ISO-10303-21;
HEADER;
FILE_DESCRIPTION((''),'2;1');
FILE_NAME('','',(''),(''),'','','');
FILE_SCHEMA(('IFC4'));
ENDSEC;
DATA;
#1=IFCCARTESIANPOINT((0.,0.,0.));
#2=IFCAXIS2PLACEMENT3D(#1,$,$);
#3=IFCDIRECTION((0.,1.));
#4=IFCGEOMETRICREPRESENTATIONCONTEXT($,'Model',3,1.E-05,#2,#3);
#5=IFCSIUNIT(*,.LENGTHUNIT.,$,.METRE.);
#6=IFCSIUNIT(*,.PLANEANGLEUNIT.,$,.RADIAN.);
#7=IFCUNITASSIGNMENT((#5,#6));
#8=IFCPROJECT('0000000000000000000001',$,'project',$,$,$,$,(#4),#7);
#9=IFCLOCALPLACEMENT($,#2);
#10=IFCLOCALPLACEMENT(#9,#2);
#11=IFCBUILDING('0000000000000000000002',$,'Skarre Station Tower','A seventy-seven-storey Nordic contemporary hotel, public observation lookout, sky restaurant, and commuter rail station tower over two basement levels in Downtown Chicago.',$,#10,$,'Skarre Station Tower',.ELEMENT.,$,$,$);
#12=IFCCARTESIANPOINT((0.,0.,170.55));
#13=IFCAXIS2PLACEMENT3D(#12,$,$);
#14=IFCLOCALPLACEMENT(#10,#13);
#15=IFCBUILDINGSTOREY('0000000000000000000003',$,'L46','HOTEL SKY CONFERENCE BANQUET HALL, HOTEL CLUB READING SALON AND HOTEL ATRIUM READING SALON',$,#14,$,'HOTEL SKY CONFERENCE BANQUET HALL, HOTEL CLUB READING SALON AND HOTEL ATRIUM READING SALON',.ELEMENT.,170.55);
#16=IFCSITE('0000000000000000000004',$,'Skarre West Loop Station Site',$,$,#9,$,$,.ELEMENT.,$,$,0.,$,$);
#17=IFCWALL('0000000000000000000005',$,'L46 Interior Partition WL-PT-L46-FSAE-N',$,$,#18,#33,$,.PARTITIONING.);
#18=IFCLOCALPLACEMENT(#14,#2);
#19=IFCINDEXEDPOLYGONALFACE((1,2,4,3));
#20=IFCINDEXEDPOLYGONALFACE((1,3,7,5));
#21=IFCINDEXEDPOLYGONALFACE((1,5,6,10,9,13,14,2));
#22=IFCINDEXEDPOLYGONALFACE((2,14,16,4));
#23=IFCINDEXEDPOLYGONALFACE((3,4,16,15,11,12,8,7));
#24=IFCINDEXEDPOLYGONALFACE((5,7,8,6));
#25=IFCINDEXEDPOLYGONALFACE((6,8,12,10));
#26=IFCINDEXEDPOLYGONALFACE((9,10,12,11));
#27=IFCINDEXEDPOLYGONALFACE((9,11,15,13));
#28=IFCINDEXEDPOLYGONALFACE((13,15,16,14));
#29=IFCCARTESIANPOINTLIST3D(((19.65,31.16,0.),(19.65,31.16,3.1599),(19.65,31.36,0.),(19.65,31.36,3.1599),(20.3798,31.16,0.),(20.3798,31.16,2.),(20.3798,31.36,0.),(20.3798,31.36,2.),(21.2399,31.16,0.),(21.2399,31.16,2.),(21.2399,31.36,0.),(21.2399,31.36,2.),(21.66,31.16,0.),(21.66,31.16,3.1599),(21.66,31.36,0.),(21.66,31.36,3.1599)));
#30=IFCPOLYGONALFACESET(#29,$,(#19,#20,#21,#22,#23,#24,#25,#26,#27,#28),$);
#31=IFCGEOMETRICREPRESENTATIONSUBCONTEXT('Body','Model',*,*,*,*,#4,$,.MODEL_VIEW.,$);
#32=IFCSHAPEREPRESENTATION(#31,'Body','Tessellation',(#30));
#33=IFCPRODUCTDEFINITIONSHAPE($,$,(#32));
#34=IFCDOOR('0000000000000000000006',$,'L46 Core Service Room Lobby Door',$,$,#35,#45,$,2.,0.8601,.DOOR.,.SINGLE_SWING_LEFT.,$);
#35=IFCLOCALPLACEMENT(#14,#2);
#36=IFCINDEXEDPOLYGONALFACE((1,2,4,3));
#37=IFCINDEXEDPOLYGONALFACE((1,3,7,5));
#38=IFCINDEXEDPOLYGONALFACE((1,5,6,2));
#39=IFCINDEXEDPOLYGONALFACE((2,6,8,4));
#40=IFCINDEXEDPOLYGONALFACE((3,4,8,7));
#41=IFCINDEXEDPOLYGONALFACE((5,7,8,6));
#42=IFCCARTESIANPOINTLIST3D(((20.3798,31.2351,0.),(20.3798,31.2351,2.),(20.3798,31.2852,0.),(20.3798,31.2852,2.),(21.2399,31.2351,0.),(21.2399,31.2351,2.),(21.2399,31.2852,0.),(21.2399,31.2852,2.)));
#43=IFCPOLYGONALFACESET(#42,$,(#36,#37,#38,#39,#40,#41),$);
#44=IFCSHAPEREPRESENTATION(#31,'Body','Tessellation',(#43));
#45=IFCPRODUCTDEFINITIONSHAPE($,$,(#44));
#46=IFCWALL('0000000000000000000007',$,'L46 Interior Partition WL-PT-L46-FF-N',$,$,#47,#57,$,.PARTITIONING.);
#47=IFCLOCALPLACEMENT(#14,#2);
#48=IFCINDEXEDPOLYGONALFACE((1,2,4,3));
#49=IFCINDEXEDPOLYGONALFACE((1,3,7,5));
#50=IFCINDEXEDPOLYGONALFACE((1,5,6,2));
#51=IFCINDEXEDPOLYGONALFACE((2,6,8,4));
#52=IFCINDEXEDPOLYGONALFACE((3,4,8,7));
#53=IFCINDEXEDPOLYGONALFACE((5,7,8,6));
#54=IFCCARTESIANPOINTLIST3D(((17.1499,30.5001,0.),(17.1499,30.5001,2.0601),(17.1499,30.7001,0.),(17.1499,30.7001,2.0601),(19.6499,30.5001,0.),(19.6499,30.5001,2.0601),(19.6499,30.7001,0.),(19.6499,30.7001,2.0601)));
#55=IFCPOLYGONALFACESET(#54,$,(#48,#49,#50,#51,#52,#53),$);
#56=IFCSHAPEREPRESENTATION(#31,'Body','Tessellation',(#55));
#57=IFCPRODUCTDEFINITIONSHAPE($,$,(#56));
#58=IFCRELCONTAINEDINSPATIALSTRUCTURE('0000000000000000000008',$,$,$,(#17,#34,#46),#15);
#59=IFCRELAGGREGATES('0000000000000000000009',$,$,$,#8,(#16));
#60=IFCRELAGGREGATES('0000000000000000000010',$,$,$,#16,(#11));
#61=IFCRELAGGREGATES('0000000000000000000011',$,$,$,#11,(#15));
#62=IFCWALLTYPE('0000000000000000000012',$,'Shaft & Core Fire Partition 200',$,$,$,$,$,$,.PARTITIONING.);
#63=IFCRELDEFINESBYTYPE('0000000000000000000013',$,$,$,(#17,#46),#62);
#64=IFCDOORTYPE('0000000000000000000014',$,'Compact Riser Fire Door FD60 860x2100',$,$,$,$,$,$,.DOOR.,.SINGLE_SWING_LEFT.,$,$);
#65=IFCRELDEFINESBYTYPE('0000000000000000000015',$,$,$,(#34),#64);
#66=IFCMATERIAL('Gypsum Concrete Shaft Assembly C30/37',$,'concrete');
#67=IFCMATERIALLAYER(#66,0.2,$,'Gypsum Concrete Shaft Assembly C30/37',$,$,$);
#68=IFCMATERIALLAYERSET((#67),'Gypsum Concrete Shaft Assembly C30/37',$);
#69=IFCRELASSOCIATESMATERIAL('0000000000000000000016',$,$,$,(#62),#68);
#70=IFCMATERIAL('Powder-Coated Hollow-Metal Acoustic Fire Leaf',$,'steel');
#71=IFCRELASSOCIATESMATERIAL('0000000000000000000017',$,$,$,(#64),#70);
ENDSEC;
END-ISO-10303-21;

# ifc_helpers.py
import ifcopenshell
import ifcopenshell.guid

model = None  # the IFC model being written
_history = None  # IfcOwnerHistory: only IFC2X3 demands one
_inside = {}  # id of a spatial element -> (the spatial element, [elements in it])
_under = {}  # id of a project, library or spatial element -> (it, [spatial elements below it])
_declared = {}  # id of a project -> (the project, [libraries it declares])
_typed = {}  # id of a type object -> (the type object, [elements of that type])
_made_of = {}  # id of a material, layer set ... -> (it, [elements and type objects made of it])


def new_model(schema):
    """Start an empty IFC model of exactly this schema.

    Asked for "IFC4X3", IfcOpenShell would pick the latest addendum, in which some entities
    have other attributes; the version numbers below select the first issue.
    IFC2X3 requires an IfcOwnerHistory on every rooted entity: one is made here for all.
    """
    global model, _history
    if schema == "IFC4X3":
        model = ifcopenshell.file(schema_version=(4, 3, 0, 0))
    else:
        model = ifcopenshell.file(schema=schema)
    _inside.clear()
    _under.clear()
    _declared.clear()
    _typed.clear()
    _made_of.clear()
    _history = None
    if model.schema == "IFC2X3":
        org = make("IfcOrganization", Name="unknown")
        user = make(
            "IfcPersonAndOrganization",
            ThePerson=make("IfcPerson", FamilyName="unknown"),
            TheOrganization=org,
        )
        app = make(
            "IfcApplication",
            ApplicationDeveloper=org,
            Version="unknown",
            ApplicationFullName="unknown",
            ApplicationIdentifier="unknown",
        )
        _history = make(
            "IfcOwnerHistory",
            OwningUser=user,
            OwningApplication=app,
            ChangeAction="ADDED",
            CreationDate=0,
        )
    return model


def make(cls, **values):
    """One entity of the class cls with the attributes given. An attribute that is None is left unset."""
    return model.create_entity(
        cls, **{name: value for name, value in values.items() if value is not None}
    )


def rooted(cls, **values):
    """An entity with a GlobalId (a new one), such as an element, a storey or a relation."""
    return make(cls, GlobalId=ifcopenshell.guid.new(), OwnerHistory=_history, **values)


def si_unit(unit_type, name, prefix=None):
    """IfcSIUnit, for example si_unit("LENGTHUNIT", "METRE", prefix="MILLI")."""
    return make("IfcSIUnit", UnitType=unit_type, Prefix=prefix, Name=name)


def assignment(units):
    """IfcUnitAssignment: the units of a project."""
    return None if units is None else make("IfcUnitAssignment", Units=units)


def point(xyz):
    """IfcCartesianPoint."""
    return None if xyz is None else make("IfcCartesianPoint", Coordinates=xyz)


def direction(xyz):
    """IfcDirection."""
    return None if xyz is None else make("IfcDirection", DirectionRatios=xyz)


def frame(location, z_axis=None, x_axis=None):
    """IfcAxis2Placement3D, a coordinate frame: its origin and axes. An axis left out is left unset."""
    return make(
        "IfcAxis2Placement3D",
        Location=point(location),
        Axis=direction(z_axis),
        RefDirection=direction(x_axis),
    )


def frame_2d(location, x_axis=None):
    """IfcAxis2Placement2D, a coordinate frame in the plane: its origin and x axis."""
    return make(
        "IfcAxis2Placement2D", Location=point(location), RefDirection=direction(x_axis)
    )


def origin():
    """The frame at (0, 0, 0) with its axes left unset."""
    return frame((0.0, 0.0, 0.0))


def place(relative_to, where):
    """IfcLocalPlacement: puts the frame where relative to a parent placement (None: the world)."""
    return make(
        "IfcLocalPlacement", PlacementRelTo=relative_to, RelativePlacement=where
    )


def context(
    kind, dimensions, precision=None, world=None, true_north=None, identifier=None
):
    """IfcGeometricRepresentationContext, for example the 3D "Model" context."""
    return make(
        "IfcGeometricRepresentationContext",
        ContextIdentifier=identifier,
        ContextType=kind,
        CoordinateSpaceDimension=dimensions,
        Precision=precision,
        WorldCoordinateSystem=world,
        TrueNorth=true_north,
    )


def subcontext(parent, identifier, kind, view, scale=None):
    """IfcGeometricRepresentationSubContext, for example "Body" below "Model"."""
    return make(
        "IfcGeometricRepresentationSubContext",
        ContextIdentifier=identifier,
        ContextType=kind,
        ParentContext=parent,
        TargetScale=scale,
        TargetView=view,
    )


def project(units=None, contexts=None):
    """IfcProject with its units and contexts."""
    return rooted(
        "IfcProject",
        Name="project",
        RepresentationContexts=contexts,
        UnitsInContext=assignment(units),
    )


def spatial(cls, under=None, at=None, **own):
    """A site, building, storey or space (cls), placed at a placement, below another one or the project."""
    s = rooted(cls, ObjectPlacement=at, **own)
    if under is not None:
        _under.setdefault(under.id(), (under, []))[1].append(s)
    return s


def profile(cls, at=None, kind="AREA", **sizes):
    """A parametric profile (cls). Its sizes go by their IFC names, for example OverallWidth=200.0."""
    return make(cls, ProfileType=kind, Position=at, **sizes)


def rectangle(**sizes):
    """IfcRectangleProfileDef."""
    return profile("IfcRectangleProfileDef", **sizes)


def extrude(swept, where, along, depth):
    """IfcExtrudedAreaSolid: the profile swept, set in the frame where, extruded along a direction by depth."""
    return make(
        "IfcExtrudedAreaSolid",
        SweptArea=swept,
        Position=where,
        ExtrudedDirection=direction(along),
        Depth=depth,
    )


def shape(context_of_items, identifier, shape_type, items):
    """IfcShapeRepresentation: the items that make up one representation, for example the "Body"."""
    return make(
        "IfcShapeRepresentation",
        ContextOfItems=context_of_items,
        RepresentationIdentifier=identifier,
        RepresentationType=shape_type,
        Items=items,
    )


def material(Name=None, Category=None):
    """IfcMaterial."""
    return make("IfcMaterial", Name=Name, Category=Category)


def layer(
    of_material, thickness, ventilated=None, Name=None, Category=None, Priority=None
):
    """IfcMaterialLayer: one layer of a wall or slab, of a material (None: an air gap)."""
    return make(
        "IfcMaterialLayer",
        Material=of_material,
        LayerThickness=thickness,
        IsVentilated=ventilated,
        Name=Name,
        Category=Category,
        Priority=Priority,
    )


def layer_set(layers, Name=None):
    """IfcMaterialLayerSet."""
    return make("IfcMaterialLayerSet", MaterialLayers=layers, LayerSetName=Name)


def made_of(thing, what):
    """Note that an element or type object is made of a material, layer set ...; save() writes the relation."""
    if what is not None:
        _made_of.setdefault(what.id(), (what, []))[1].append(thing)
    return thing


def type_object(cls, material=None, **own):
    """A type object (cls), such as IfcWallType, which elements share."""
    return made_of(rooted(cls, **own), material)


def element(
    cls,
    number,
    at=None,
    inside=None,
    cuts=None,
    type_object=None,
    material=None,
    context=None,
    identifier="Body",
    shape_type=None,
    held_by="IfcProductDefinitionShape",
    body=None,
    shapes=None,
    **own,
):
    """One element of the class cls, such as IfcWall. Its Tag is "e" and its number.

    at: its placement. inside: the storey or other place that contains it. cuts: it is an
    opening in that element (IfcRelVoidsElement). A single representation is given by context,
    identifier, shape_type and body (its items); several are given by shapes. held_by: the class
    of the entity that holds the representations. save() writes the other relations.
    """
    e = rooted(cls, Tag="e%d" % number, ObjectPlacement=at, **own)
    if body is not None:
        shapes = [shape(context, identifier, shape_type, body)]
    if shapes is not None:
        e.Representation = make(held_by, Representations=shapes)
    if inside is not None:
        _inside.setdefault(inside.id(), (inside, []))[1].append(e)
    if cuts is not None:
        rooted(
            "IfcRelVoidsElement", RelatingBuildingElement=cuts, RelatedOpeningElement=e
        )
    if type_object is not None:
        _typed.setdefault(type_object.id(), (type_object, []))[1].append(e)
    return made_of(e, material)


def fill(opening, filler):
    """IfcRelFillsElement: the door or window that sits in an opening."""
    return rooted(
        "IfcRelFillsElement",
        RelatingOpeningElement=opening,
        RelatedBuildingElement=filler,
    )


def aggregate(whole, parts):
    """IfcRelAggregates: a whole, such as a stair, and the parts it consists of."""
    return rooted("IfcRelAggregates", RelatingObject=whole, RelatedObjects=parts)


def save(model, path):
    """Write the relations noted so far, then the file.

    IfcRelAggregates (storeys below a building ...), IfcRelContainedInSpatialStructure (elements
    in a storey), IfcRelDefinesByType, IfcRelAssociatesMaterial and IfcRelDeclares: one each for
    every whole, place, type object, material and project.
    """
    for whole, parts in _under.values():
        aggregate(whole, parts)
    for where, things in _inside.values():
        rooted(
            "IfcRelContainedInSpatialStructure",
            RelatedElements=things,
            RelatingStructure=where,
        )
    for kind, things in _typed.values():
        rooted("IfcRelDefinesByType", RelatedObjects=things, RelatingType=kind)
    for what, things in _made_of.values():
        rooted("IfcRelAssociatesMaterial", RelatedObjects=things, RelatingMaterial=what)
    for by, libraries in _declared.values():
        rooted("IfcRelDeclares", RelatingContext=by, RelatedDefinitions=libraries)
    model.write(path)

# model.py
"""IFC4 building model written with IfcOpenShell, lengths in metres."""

from ifc_helpers import new_model, si_unit, direction, frame, frame_2d, origin, place, context, subcontext, project, spatial, rectangle, extrude, material, layer, layer_set, type_object, element, fill, save


model = new_model("IFC4")

# Units and contexts
model_context = context("Model", 3, precision=1e-05, world=origin(), true_north=direction((0.0, 1.0)))
body_context = subcontext(model_context, "Body", "Model", "MODEL_VIEW")
ifc_project = project(units=[si_unit("LENGTHUNIT", "METRE"), si_unit("PLANEANGLEUNIT", "RADIAN")], contexts=[model_context])

# Site, building, storey
site_placement = place(None, origin())
site = spatial("IfcSite", under=ifc_project, at=site_placement, Name="Skarre West Loop Station Site", CompositionType="ELEMENT", RefElevation=0.0)
building_placement = place(site_placement, origin())
building = spatial("IfcBuilding", under=site, at=building_placement, Name="Skarre Station Tower", Description="A seventy-seven-storey Nordic contemporary hotel, public observation lookout, sky restaurant, and commuter rail station tower over two basement levels in Downtown Chicago.", LongName="Skarre Station Tower", CompositionType="ELEMENT")
storey_placement = place(building_placement, frame((0.0, 0.0, 170.55)))
storey = spatial("IfcBuildingStorey", under=building, at=storey_placement, Name="L46", Description="HOTEL SKY CONFERENCE BANQUET HALL, HOTEL CLUB READING SALON AND HOTEL ATRIUM READING SALON", LongName="HOTEL SKY CONFERENCE BANQUET HALL, HOTEL CLUB READING SALON AND HOTEL ATRIUM READING SALON", CompositionType="ELEMENT", Elevation=170.55)

# Wall, opening, door
ifc_material_1 = material(Name="Gypsum Concrete Shaft Assembly C30/37", Category="concrete")
ifc_layer_1 = layer(ifc_material_1, 0.2, Name="Gypsum Concrete Shaft Assembly C30/37")
ifc_layer_set_1 = layer_set([ifc_layer_1], Name="Gypsum Concrete Shaft Assembly C30/37")
wall_type_1 = type_object("IfcWallType", Name="Shaft & Core Fire Partition 200", PredefinedType="PARTITIONING", material=ifc_layer_set_1)
wall_1_placement = place(storey_placement, frame((21.6599, 31.26, 0.0), z_axis=(0.0, 0.0, 1.0), x_axis=(-1.0, 0.0, 0.0)))
wall_1 = element("IfcWall", 1, at=wall_1_placement, inside=storey, type_object=wall_type_1, Name="L46 Interior Partition WL-PT-L46-FSAE-N", PredefinedType="PARTITIONING", context=body_context, shape_type="SweptSolid", body=[
    extrude(rectangle(XDim=2.01, YDim=0.2, at=frame_2d((1.0049, 0.0))), origin(), (0.0, 0.0, 1.0), 3.1599),
])
opening_1_placement = place(wall_1_placement, frame((0.4199, 0.0, 0.0)))
opening_1 = element("IfcOpeningElement", 2, at=opening_1_placement, cuts=wall_1, PredefinedType="OPENING", context=body_context, shape_type="SweptSolid", body=[
    extrude(rectangle(XDim=0.8601, YDim=2.0, at=frame_2d((0.4302, 1.0))), frame((0.0, 0.1099, 0.0), z_axis=(0.0, -1.0, 0.0), x_axis=(1.0, 0.0, 0.0)), (0.0, 0.0, 1.0), 0.22),
])
ifc_material_2 = material(Name="Powder-Coated Hollow-Metal Acoustic Fire Leaf", Category="steel")
door_type_1 = type_object("IfcDoorType", Name="Compact Riser Fire Door FD60 860x2100", OperationType="SINGLE_SWING_LEFT", PredefinedType="DOOR", material=ifc_material_2)
door_1_placement = place(opening_1_placement, origin())
door_1 = element("IfcDoor", 3, at=door_1_placement, inside=storey, type_object=door_type_1, Name="L46 Core Service Room Lobby Door", OperationType="SINGLE_SWING_LEFT", OverallHeight=2.0, OverallWidth=0.8601, PredefinedType="DOOR", context=body_context, shape_type="SweptSolid", body=[
    extrude(rectangle(XDim=0.8601, YDim=2.0, at=frame_2d((0.4302, 1.0))), frame((0.0, 0.0249, 0.0), z_axis=(0.0, -1.0, 0.0), x_axis=(1.0, 0.0, 0.0)), (0.0, 0.0, 1.0), 0.05),
])
fill(opening_1, door_1)

# Wall
wall_2_placement = place(storey_placement, frame((19.6499, 30.6001, 0.0), z_axis=(0.0, 0.0, 1.0), x_axis=(-1.0, 0.0, 0.0)))
element("IfcWall", 4, at=wall_2_placement, inside=storey, type_object=wall_type_1, Name="L46 Interior Partition WL-PT-L46-FF-N", PredefinedType="PARTITIONING", context=body_context, shape_type="SweptSolid", body=[
    extrude(rectangle(XDim=2.5, YDim=0.2, at=frame_2d((1.25, 0.0))), origin(), (0.0, 0.0, 1.0), 2.0601),
])

save(model, "model.ifc")
